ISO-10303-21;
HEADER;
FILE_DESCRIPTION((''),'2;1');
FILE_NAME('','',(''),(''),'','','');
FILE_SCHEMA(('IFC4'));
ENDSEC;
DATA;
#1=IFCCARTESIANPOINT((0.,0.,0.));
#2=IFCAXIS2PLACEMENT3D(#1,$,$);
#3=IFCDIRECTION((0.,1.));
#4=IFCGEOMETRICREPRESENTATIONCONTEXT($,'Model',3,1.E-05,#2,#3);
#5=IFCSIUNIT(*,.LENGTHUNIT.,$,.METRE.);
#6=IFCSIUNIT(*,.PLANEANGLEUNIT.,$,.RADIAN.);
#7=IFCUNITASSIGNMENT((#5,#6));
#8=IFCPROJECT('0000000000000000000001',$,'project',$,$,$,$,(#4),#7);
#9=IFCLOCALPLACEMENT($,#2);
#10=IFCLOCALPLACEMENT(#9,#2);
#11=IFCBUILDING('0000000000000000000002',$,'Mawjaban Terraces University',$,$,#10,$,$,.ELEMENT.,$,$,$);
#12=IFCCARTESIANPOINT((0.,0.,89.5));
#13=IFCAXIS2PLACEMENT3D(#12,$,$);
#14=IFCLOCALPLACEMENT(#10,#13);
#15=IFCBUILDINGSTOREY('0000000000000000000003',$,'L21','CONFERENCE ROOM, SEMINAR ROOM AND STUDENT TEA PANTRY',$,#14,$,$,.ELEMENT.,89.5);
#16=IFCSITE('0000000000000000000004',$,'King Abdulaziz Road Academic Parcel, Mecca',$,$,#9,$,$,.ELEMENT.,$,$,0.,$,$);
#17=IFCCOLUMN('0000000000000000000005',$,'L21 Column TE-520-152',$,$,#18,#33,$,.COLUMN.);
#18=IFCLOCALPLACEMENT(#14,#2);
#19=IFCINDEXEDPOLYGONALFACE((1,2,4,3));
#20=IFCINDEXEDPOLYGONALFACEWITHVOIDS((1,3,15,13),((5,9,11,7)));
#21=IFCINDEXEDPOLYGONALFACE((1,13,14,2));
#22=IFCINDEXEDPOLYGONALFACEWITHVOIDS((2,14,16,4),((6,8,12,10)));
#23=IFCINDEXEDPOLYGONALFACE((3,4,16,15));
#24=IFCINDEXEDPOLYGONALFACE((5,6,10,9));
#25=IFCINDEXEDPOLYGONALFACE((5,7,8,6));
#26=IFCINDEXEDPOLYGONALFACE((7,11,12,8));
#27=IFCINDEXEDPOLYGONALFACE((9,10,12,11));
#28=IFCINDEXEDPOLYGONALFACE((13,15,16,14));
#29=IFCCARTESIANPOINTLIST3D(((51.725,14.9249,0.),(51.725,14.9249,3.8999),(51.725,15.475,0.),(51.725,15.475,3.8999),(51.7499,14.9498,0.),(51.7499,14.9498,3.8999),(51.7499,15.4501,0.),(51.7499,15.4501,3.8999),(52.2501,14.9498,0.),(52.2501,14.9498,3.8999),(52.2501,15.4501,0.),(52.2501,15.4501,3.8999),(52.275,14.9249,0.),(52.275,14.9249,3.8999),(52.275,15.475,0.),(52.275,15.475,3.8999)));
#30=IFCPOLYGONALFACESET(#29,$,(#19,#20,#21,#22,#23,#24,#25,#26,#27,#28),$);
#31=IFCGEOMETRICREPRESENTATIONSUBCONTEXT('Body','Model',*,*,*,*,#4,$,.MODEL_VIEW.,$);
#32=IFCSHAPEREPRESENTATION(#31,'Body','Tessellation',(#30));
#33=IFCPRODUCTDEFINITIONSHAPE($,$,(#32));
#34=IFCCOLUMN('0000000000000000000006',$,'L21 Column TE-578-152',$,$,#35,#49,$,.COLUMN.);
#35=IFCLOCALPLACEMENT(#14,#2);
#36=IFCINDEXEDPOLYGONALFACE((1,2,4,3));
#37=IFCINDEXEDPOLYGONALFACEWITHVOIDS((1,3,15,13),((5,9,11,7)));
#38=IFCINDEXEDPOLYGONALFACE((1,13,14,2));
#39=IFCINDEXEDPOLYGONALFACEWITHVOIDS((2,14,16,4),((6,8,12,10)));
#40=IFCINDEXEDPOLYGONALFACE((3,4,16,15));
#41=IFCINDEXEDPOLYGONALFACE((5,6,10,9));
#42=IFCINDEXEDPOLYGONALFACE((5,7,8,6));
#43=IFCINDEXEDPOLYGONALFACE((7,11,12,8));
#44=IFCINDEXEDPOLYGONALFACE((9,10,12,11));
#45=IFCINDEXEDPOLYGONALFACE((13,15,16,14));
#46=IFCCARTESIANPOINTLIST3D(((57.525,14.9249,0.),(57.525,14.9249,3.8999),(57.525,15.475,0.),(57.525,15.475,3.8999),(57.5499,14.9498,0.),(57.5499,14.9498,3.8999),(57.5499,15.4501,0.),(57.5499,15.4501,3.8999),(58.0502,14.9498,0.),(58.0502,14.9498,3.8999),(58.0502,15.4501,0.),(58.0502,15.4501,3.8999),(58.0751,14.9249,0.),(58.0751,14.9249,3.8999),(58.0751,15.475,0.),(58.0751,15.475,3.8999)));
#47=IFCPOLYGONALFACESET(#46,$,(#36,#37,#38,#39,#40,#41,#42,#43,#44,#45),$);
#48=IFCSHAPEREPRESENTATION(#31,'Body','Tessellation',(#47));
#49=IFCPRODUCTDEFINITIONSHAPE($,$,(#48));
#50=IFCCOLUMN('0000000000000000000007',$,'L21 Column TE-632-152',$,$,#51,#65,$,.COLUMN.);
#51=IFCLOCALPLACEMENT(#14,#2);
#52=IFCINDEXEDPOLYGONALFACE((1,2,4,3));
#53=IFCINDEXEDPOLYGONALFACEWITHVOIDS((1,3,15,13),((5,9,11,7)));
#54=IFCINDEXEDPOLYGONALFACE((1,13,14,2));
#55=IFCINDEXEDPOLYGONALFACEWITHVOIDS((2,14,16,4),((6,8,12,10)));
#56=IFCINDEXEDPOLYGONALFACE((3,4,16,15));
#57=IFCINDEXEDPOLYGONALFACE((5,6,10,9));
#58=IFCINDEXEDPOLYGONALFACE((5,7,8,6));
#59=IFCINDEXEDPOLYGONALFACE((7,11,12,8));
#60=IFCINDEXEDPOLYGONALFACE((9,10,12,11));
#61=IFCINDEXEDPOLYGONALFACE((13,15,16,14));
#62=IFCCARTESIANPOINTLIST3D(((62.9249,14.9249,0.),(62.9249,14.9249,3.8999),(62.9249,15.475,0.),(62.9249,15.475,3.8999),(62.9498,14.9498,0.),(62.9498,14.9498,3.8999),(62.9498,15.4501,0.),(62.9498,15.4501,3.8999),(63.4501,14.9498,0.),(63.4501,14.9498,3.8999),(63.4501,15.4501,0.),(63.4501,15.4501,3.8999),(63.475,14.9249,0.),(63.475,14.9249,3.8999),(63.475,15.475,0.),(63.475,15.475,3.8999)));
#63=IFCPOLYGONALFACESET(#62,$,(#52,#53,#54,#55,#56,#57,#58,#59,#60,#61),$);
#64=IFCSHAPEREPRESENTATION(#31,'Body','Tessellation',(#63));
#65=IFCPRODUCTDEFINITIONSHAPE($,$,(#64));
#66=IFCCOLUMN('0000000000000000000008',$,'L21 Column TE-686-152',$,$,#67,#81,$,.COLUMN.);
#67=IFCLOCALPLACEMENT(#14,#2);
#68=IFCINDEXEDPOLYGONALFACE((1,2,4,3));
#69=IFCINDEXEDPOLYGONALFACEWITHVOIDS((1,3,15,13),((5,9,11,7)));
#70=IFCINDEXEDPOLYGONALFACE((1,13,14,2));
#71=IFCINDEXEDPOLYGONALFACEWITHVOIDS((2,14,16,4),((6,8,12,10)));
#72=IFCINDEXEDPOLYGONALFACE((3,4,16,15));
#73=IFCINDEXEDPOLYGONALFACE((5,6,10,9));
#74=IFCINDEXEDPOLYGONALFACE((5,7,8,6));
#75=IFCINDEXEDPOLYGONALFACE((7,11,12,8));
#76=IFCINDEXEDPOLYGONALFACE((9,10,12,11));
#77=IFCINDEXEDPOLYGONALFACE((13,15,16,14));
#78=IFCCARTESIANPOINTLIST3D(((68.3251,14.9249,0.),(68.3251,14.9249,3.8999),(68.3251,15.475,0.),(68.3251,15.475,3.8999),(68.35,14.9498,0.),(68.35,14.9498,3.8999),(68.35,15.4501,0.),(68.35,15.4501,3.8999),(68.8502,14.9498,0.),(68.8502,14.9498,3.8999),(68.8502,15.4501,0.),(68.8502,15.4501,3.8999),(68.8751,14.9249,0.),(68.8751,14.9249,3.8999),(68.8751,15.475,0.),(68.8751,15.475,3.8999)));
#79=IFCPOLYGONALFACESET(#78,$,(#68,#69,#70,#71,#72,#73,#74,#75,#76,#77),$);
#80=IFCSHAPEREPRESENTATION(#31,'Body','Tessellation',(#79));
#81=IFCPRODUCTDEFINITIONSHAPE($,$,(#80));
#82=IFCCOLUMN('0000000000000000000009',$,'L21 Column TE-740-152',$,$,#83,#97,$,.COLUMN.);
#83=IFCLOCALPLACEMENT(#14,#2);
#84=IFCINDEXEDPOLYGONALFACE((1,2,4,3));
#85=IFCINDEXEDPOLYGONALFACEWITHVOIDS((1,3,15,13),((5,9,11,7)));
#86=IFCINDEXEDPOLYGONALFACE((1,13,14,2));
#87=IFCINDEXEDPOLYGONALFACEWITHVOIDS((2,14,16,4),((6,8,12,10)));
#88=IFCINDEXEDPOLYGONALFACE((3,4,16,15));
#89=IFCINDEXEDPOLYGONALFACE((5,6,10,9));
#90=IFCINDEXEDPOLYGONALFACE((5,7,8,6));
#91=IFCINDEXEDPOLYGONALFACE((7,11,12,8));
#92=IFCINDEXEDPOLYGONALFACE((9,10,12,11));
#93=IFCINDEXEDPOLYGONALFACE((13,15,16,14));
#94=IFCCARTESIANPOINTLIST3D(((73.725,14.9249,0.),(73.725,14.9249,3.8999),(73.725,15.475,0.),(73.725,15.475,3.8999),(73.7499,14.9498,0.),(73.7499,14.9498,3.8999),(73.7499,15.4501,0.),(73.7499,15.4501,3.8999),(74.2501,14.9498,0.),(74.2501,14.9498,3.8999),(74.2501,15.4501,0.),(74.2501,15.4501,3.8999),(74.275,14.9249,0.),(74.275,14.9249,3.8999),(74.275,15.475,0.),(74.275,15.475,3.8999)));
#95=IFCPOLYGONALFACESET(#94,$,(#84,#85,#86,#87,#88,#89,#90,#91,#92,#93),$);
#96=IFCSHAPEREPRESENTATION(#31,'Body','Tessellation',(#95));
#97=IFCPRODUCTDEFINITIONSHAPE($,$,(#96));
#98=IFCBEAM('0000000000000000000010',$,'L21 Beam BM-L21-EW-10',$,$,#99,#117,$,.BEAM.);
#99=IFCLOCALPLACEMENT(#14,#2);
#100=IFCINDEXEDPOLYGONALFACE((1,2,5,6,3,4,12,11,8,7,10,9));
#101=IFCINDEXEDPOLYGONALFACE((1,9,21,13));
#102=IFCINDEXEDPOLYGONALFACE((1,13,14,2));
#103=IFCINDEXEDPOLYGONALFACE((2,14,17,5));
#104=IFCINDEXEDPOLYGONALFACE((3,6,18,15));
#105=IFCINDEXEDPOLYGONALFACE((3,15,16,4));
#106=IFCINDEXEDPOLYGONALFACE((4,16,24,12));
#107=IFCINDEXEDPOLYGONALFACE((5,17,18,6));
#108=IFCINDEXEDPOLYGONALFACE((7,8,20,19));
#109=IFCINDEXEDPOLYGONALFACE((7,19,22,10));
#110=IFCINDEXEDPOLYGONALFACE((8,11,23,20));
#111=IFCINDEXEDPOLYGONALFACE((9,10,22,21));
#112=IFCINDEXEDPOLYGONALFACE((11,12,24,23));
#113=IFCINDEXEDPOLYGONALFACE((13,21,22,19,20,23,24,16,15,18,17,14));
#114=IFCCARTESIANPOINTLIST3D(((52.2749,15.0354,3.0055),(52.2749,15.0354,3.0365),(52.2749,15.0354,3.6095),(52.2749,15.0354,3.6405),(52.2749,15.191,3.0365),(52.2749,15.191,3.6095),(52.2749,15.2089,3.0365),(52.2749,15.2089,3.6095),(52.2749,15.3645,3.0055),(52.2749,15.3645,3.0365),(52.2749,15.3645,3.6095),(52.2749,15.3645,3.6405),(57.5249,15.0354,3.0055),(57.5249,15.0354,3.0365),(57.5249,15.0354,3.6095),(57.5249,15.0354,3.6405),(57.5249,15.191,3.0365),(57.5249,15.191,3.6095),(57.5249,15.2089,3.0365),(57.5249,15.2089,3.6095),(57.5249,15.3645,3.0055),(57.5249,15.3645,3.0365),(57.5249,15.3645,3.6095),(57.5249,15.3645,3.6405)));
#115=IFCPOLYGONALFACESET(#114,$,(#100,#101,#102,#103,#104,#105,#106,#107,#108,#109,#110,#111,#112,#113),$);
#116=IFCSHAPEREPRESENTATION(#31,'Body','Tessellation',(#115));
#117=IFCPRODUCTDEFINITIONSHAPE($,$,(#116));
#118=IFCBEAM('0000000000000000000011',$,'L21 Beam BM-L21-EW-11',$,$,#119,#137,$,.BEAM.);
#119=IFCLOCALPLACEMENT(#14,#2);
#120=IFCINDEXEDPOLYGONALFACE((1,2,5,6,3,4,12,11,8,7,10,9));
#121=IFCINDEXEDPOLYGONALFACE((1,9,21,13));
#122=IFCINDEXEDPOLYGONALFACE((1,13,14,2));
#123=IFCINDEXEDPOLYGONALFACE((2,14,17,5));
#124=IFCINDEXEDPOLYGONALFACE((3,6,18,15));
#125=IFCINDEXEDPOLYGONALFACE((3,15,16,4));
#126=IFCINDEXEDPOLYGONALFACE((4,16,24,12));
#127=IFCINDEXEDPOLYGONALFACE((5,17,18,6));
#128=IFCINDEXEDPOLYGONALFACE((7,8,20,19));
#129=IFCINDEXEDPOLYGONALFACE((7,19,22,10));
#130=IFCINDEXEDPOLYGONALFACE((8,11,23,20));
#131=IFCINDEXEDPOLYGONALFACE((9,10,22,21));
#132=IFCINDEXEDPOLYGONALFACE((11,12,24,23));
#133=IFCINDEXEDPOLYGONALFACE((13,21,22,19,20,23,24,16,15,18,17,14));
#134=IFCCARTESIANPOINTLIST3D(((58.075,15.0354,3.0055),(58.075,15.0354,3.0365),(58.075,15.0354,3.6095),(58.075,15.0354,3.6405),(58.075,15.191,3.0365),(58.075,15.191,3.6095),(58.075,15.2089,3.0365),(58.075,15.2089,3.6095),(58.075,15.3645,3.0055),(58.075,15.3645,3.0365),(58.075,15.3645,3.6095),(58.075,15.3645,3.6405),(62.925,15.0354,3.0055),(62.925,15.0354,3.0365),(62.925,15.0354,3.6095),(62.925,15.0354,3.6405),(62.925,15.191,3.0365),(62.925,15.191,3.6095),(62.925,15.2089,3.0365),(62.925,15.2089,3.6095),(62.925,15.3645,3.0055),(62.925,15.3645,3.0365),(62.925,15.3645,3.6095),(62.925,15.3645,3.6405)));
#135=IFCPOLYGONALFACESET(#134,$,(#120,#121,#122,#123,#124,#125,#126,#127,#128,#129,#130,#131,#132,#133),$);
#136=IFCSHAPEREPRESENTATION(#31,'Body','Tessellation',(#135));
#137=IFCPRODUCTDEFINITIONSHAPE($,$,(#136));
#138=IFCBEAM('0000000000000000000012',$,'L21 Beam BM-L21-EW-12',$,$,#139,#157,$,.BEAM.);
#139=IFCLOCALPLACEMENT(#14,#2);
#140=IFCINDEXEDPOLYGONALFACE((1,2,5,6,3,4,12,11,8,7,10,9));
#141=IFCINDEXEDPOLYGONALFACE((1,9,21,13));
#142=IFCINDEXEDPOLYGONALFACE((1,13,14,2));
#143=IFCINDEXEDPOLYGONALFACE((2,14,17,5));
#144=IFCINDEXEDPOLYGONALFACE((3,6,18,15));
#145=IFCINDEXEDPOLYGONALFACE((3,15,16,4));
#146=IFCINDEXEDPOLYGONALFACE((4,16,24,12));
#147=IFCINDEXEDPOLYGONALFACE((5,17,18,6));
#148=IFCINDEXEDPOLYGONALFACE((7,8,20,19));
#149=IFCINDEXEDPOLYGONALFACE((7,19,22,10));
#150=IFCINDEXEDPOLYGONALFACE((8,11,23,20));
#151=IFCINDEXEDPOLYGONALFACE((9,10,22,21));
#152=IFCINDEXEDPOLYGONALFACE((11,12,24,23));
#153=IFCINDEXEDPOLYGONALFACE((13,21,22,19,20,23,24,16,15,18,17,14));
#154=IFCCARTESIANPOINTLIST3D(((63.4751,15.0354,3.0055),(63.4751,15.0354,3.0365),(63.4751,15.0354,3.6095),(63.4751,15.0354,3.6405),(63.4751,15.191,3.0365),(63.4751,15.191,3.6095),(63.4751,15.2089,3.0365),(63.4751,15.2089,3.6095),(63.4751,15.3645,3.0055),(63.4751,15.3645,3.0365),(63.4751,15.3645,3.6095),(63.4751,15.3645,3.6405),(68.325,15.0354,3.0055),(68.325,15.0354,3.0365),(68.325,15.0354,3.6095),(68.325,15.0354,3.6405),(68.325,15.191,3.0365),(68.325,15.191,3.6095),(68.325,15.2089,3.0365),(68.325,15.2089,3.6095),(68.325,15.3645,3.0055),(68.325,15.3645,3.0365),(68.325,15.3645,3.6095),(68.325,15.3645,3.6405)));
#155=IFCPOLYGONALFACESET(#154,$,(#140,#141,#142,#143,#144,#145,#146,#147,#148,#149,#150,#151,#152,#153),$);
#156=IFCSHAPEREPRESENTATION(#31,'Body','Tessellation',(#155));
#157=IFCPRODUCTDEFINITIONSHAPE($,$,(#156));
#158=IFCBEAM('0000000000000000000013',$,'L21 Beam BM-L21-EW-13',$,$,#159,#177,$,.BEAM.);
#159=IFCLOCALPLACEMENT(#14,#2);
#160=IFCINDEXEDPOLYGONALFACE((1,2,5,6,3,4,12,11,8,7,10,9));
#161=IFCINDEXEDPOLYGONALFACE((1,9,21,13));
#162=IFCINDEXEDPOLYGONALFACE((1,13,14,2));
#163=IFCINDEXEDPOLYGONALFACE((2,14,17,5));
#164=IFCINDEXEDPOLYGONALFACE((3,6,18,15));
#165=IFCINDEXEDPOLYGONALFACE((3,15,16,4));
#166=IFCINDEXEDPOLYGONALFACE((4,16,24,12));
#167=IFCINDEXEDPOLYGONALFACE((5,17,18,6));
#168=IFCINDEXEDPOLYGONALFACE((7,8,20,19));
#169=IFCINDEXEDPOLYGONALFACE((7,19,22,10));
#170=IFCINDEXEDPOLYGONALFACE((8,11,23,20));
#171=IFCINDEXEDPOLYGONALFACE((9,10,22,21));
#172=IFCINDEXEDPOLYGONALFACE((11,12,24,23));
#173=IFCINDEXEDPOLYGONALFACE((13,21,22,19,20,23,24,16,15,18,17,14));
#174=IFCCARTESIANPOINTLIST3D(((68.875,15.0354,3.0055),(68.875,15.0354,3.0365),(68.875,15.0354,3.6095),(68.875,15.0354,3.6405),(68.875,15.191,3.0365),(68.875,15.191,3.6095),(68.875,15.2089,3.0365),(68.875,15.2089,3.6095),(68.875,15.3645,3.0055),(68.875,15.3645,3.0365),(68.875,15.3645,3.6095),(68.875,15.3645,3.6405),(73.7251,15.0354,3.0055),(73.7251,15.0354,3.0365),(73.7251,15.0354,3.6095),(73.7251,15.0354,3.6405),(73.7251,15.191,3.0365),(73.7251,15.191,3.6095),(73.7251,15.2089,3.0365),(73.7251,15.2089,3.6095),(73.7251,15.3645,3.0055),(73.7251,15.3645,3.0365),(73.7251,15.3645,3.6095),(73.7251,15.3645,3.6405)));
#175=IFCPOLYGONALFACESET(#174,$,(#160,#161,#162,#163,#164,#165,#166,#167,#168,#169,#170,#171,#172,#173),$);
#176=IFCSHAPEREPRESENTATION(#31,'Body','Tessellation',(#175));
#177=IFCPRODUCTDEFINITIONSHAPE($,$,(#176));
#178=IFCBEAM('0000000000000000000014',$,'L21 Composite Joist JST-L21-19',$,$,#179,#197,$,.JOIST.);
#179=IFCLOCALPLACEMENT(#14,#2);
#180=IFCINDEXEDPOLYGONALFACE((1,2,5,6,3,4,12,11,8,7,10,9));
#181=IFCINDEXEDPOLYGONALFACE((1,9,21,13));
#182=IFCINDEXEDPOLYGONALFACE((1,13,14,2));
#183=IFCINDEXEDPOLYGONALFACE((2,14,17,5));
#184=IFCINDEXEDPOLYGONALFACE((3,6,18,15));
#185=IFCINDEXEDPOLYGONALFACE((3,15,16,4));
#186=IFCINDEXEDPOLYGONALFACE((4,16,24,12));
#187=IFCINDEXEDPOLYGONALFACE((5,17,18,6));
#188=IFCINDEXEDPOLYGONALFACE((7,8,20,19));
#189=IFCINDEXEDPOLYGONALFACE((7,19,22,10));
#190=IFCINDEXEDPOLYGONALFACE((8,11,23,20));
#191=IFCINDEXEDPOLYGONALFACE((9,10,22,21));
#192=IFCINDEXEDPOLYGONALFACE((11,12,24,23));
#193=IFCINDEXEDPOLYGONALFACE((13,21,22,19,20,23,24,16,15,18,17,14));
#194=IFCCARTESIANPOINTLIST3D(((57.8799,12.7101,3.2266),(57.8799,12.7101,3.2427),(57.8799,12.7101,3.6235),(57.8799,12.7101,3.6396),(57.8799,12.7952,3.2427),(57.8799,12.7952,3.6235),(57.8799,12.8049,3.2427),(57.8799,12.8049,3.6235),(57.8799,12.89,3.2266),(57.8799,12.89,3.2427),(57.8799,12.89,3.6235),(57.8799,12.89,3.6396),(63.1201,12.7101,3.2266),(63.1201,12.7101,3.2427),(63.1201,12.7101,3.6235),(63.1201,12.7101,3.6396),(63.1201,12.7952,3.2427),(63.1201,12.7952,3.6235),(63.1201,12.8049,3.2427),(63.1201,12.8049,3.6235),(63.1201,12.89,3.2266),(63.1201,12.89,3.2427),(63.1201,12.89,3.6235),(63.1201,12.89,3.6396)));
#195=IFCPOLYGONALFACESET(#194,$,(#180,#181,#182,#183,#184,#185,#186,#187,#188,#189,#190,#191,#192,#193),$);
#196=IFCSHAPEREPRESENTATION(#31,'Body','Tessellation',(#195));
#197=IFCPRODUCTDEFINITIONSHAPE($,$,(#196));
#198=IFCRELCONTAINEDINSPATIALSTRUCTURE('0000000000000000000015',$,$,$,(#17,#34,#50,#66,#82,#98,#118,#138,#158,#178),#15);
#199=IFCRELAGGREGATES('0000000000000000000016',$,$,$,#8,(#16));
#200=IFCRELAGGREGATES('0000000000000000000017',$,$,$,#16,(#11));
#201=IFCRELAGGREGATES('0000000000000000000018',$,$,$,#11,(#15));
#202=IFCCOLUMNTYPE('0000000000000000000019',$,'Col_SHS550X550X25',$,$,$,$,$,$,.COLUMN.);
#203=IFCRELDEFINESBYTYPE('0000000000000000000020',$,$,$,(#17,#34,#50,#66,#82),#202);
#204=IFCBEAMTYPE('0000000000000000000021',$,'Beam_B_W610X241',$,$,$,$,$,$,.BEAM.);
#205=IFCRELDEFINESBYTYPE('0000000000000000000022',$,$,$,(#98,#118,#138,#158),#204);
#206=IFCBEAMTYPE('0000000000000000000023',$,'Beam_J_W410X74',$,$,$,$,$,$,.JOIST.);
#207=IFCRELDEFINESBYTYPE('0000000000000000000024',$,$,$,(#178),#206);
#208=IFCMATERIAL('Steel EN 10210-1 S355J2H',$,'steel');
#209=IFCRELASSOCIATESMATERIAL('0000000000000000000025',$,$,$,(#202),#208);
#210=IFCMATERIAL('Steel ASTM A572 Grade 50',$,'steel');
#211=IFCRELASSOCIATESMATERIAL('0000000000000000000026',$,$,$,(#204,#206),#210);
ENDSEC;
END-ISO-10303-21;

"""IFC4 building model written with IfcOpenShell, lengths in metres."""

from ifc_helpers import new_model, si_unit, direction, frame, origin, origin_2d, place, context, subcontext, project, spatial, hollow_rectangle, i_section, extrude, material, material_profile, profile_set, type_object, element, save


model = new_model("IFC4")

# Units and contexts
model_context = context("Model", 3, precision=1e-05, world=origin(), true_north=direction((0.0, 1.0)))
body_context = subcontext(model_context, "Body", "Model", "MODEL_VIEW")
ifc_project = project(units=[si_unit("LENGTHUNIT", "METRE"), si_unit("PLANEANGLEUNIT", "RADIAN")], contexts=[model_context])

# Site, building, storey
site_placement = place(None, origin())
site = spatial("IfcSite", under=ifc_project, at=site_placement, Name="King Abdulaziz Road Academic Parcel, Mecca", CompositionType="ELEMENT", RefElevation=0.0)
building_placement = place(site_placement, origin())
building = spatial("IfcBuilding", under=site, at=building_placement, Name="Mawjaban Terraces University", CompositionType="ELEMENT")
storey_placement = place(building_placement, frame((0.0, 0.0, 89.5)))
storey = spatial("IfcBuildingStorey", under=building, at=storey_placement, Name="L21", Description="CONFERENCE ROOM, SEMINAR ROOM AND STUDENT TEA PANTRY", CompositionType="ELEMENT", Elevation=89.5)

# Columns
ifc_material_1 = material(Name="Steel EN 10210-1 S355J2H", Category="steel")
ifc_material_profile_1 = material_profile(ifc_material_1, hollow_rectangle(XDim=0.55, YDim=0.55, WallThickness=0.0249, at=origin_2d()), Name="SHS550X550X25")
ifc_profile_set_1 = profile_set([ifc_material_profile_1], Name="Steel EN 10210-1 S355J2H")
column_type = type_object("IfcColumnType", Name="Col_SHS550X550X25", PredefinedType="COLUMN", material=ifc_profile_set_1)
for number, where, z_axis, x_axis, name in (
    (1, (52.0, 15.2, 0.0), (0.0, 0.0, 1.0), (1.0, 0.0, 0.0), "L21 Column TE-520-152"),
    (2, (57.8, 15.2, 0.0), (0.0, 0.0, 1.0), (1.0, 0.0, 0.0), "L21 Column TE-578-152"),
    (3, (63.2, 15.2, 0.0), (0.0, 0.0, 1.0), (1.0, 0.0, 0.0), "L21 Column TE-632-152"),
    (4, (68.6001, 15.2, 0.0), (0.0, 0.0, 1.0), (1.0, 0.0, 0.0), "L21 Column TE-686-152"),
    (5, (74.0, 15.2, 0.0), (0.0, 0.0, 1.0), (1.0, 0.0, 0.0), "L21 Column TE-740-152"),
):
    element("IfcColumn", number, at=place(storey_placement, frame(where, z_axis=z_axis, x_axis=x_axis)), inside=storey, type_object=column_type, Name=name, PredefinedType="COLUMN", context=body_context, shape_type="SweptSolid", body=[
        extrude(hollow_rectangle(XDim=0.55, YDim=0.55, WallThickness=0.0249, at=origin_2d()), origin(), (0.0, 0.0, 1.0), 3.8999),
    ])

# Beams
ifc_material_2 = material(Name="Steel ASTM A572 Grade 50", Category="steel")
ifc_material_profile_2 = material_profile(ifc_material_2, i_section(OverallWidth=0.3291, OverallDepth=0.635, WebThickness=0.0178, FlangeThickness=0.031, at=origin_2d()), Name="W610X241")
ifc_profile_set_2 = profile_set([ifc_material_profile_2], Name="Steel ASTM A572 Grade 50")
beam_type_1 = type_object("IfcBeamType", Name="Beam_B_W610X241", PredefinedType="BEAM", material=ifc_profile_set_2)
beam_1_placement = place(storey_placement, frame((52.2749, 15.2, 3.323), z_axis=(1.0, 0.0, 0.0), x_axis=(0.0, 1.0, 0.0)))
element("IfcBeam", 6, at=beam_1_placement, inside=storey, type_object=beam_type_1, Name="L21 Beam BM-L21-EW-10", PredefinedType="BEAM", context=body_context, shape_type="SweptSolid", body=[
    extrude(i_section(OverallWidth=0.3291, OverallDepth=0.635, WebThickness=0.0178, FlangeThickness=0.031, at=origin_2d()), origin(), (0.0, 0.0, 1.0), 5.25),
])
beam_2_placement = place(storey_placement, frame((58.075, 15.2, 3.323), z_axis=(1.0, 0.0, 0.0), x_axis=(0.0, 1.0, 0.0)))
element("IfcBeam", 7, at=beam_2_placement, inside=storey, type_object=beam_type_1, Name="L21 Beam BM-L21-EW-11", PredefinedType="BEAM", context=body_context, shape_type="SweptSolid", body=[
    extrude(i_section(OverallWidth=0.3291, OverallDepth=0.635, WebThickness=0.0178, FlangeThickness=0.031, at=origin_2d()), origin(), (0.0, 0.0, 1.0), 4.8501),
])
beam_3_placement = place(storey_placement, frame((63.4751, 15.2, 3.323), z_axis=(1.0, 0.0, 0.0), x_axis=(0.0, 1.0, 0.0)))
element("IfcBeam", 8, at=beam_3_placement, inside=storey, type_object=beam_type_1, Name="L21 Beam BM-L21-EW-12", PredefinedType="BEAM", context=body_context, shape_type="SweptSolid", body=[
    extrude(i_section(OverallWidth=0.3291, OverallDepth=0.635, WebThickness=0.0178, FlangeThickness=0.031, at=origin_2d()), origin(), (0.0, 0.0, 1.0), 4.8499),
])
beam_4_placement = place(storey_placement, frame((68.875, 15.2, 3.323), z_axis=(1.0, 0.0, 0.0), x_axis=(0.0, 1.0, 0.0)))
element("IfcBeam", 9, at=beam_4_placement, inside=storey, type_object=beam_type_1, Name="L21 Beam BM-L21-EW-13", PredefinedType="BEAM", context=body_context, shape_type="SweptSolid", body=[
    extrude(i_section(OverallWidth=0.3291, OverallDepth=0.635, WebThickness=0.0178, FlangeThickness=0.031, at=origin_2d()), origin(), (0.0, 0.0, 1.0), 4.8501),
])
ifc_material_profile_3 = material_profile(ifc_material_2, i_section(OverallWidth=0.1799, OverallDepth=0.4131, WebThickness=0.0098, FlangeThickness=0.0161, at=origin_2d()), Name="W410X74")
ifc_profile_set_3 = profile_set([ifc_material_profile_3], Name="Steel ASTM A572 Grade 50")
beam_type_2 = type_object("IfcBeamType", Name="Beam_J_W410X74", PredefinedType="JOIST", material=ifc_profile_set_3)
beam_5_placement = place(storey_placement, frame((57.8799, 12.8, 3.4331), z_axis=(1.0, 0.0, 0.0), x_axis=(0.0, 1.0, 0.0)))
element("IfcBeam", 10, at=beam_5_placement, inside=storey, type_object=beam_type_2, Name="L21 Composite Joist JST-L21-19", PredefinedType="JOIST", context=body_context, shape_type="SweptSolid", body=[
    extrude(i_section(OverallWidth=0.1799, OverallDepth=0.4131, WebThickness=0.0098, FlangeThickness=0.0161, at=origin_2d()), origin(), (0.0, 0.0, 1.0), 5.2402),
])

save(model, "model.ifc")
